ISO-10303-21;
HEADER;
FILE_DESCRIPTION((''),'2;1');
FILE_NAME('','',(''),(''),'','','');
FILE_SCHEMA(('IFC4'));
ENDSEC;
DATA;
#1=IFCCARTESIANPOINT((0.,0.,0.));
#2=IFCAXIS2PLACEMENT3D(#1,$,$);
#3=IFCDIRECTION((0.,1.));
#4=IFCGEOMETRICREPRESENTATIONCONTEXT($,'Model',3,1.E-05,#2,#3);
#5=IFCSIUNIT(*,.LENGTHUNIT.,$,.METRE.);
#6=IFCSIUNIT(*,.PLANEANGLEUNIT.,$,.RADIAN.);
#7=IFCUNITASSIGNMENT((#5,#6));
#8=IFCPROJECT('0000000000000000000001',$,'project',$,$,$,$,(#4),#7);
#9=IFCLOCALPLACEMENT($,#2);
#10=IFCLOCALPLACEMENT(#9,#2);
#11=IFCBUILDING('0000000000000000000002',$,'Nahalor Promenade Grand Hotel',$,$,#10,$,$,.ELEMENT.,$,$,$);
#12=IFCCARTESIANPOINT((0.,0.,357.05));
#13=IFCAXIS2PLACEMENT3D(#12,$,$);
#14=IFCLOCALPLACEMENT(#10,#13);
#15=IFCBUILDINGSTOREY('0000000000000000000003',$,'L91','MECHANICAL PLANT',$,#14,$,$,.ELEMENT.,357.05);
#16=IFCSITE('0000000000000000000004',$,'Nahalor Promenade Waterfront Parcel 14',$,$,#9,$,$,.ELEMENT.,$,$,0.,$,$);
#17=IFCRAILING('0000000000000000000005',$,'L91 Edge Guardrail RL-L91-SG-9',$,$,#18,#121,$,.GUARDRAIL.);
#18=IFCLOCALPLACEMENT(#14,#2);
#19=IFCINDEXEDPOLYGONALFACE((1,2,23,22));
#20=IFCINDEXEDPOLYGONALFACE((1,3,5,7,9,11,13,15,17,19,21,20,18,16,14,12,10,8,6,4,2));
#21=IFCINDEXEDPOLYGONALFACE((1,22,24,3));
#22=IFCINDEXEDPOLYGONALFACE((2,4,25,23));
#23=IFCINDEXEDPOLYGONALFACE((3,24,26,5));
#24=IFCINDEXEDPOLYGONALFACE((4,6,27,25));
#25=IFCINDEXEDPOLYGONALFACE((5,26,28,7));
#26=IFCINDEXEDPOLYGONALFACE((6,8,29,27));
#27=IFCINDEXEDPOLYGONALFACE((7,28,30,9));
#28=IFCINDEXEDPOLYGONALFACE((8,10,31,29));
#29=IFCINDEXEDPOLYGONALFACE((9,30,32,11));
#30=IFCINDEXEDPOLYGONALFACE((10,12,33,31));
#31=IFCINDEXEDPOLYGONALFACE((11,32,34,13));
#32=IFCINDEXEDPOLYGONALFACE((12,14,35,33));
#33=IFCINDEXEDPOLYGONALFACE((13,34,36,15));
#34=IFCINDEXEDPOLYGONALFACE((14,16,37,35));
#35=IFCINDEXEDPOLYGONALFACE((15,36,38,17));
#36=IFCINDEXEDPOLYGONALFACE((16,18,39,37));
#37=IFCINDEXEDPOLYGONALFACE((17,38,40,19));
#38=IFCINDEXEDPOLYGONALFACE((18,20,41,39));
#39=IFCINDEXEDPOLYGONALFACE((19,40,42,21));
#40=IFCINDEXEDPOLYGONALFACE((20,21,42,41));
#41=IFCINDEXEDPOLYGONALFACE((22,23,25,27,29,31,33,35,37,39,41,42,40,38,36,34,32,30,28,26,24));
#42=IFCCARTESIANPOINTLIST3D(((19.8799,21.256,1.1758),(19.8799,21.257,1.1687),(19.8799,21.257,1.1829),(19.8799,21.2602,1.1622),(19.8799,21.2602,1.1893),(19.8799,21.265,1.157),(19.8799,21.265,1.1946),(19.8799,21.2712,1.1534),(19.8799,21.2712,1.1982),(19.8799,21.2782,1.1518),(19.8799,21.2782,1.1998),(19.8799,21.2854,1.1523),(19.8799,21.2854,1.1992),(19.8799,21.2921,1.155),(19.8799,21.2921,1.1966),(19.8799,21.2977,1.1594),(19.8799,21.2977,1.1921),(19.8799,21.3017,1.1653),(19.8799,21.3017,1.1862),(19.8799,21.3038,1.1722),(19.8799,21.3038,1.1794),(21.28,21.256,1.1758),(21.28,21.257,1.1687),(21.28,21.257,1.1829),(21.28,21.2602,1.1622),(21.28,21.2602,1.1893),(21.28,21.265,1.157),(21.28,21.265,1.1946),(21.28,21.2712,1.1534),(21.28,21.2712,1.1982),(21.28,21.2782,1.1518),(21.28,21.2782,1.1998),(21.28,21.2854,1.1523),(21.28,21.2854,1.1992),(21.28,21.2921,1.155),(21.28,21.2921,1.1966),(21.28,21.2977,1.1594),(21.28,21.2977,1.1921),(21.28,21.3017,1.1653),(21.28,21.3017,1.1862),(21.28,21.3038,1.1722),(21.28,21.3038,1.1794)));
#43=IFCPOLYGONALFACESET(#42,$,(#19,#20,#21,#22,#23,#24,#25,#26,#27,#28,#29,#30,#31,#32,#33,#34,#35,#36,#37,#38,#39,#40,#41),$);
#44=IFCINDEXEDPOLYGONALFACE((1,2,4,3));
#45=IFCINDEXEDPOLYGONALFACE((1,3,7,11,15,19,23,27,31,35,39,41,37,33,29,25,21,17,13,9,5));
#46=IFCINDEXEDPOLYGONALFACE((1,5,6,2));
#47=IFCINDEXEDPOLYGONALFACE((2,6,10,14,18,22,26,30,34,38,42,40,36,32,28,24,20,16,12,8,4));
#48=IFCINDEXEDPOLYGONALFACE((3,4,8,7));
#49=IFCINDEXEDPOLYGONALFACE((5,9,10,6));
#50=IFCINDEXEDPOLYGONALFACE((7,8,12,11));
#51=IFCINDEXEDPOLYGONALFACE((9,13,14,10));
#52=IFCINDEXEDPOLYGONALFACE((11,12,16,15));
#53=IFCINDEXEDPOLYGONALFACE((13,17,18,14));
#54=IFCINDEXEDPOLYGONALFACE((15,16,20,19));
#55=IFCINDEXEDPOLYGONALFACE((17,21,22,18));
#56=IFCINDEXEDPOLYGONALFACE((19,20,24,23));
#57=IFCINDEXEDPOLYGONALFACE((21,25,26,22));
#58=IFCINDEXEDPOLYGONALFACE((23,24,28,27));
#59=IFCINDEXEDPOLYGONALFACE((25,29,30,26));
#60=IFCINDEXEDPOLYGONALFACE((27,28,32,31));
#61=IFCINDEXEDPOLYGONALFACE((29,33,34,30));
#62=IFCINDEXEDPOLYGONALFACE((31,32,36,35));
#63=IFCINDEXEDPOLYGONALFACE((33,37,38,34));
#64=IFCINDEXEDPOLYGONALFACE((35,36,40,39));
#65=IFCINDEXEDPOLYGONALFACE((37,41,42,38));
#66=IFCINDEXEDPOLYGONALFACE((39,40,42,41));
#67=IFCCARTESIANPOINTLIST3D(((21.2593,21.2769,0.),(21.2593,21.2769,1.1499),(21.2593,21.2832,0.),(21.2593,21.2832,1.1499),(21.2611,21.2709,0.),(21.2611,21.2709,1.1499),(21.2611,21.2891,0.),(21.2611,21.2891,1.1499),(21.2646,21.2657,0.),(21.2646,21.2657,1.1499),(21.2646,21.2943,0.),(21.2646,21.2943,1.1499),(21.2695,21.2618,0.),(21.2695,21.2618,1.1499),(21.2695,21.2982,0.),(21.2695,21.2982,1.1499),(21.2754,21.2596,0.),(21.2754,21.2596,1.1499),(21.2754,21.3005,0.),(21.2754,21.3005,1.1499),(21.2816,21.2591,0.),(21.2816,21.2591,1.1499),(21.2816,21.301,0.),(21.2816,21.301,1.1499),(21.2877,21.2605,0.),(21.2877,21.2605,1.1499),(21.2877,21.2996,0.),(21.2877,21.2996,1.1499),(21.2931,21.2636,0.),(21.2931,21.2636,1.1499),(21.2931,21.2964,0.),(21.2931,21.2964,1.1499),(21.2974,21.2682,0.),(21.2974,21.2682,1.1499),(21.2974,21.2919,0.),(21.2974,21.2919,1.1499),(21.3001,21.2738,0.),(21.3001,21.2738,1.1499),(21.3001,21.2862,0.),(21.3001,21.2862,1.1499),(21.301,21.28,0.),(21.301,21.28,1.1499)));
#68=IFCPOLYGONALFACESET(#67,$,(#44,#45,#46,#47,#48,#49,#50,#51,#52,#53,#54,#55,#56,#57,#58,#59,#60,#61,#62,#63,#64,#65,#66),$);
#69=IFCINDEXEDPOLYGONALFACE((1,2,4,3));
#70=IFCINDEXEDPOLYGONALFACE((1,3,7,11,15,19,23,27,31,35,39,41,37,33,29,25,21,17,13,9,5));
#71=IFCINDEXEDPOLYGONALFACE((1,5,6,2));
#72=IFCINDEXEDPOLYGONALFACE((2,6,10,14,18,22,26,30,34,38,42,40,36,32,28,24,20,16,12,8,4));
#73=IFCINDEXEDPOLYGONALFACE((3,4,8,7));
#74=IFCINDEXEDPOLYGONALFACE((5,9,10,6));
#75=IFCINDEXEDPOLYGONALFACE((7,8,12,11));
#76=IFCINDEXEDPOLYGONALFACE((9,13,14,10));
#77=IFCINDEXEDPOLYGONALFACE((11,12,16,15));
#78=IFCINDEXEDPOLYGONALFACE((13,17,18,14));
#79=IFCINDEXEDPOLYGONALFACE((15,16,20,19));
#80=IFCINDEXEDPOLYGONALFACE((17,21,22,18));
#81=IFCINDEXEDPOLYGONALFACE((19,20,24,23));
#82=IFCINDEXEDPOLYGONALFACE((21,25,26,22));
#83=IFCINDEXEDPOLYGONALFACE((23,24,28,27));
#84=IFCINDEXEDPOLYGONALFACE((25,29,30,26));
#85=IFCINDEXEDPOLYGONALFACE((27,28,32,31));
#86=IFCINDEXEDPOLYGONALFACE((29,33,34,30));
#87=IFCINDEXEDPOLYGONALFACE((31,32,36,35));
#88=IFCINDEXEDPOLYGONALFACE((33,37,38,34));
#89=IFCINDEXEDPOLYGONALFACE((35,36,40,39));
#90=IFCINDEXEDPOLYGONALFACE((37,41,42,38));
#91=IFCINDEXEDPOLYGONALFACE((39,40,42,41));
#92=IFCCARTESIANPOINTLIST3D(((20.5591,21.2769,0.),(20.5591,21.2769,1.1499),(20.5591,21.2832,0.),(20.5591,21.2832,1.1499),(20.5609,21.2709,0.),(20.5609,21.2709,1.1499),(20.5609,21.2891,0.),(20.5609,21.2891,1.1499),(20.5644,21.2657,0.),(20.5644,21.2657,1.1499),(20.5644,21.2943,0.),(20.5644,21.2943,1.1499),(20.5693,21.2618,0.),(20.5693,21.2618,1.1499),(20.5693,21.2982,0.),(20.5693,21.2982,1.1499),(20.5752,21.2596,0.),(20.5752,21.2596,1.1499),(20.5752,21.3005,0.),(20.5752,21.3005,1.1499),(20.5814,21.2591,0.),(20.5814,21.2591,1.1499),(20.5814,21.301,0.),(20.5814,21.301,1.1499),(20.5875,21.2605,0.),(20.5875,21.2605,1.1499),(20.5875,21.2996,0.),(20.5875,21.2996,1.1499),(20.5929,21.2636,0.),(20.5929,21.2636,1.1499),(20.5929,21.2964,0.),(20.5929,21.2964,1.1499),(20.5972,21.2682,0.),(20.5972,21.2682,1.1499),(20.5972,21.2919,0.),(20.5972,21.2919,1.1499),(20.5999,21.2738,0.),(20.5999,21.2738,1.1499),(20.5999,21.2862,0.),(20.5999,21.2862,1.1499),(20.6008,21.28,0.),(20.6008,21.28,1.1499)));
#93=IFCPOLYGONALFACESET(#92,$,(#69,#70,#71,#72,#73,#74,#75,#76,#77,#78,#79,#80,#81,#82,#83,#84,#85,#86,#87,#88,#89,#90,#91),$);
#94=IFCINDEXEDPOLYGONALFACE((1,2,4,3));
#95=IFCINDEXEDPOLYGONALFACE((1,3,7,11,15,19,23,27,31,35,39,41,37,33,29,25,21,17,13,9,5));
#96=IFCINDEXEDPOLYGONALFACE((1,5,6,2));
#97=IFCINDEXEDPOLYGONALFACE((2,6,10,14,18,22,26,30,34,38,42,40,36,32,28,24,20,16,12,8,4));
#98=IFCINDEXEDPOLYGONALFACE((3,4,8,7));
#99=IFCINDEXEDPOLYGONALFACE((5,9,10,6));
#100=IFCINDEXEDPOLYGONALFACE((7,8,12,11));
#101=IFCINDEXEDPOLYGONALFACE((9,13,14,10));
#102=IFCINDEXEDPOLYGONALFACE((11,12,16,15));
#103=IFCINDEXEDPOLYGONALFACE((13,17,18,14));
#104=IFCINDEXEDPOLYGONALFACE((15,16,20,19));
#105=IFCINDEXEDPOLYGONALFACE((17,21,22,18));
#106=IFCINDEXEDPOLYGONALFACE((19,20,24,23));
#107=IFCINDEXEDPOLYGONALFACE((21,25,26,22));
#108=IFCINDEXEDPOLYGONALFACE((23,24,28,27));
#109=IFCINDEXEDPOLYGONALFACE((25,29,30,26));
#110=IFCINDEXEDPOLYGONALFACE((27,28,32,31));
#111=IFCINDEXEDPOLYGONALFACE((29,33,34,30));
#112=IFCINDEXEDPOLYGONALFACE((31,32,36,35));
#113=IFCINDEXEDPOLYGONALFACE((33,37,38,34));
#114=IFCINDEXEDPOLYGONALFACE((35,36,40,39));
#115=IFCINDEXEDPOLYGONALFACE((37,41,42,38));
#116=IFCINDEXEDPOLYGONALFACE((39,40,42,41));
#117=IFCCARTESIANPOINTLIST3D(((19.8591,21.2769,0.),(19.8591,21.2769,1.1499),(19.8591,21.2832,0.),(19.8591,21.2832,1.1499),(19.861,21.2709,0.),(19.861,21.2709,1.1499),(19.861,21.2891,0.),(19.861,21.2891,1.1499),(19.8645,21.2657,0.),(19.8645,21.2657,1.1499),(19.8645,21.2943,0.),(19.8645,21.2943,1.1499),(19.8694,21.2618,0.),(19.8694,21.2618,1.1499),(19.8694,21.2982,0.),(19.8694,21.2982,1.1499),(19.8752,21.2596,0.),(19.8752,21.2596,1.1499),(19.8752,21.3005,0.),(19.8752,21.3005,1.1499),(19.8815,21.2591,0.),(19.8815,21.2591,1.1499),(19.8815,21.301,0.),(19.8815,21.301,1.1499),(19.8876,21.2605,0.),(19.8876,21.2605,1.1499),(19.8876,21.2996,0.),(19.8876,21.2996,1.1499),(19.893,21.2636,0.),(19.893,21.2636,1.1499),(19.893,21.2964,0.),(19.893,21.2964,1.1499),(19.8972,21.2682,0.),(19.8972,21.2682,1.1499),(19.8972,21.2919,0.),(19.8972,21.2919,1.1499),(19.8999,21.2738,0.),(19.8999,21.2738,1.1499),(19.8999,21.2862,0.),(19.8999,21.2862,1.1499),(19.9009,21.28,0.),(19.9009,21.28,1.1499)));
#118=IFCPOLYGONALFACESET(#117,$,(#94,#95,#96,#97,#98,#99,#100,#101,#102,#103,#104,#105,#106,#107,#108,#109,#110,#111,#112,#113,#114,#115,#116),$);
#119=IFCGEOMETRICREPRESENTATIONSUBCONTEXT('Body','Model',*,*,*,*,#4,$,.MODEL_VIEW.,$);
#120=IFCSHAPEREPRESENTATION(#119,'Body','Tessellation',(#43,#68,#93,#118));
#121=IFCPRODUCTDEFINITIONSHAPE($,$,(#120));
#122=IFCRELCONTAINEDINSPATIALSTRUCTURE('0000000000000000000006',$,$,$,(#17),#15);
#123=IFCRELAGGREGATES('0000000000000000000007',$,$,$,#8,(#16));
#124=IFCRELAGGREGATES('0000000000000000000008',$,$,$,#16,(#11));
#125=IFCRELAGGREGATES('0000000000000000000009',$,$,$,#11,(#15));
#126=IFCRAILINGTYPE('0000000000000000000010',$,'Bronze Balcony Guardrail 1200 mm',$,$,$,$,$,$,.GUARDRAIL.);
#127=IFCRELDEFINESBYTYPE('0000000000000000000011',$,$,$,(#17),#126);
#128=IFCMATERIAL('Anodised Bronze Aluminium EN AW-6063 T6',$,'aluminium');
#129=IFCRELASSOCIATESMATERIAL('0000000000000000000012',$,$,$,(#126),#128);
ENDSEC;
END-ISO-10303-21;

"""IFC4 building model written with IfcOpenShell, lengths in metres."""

from ifc_helpers import new_model, si_unit, direction, frame, origin, origin_2d, place, context, subcontext, project, spatial, circle, extrude, material, type_object, element, save


model = new_model("IFC4")

# Units and contexts
model_context = context("Model", 3, precision=1e-05, world=origin(), true_north=direction((0.0, 1.0)))
body_context = subcontext(model_context, "Body", "Model", "MODEL_VIEW")
ifc_project = project(units=[si_unit("LENGTHUNIT", "METRE"), si_unit("PLANEANGLEUNIT", "RADIAN")], contexts=[model_context])

# Site, building, storey
site_placement = place(None, origin())
site = spatial("IfcSite", under=ifc_project, at=site_placement, Name="Nahalor Promenade Waterfront Parcel 14", CompositionType="ELEMENT", RefElevation=0.0)
building_placement = place(site_placement, origin())
building = spatial("IfcBuilding", under=site, at=building_placement, Name="Nahalor Promenade Grand Hotel", CompositionType="ELEMENT")
storey_placement = place(building_placement, frame((0.0, 0.0, 357.05)))
storey = spatial("IfcBuildingStorey", under=building, at=storey_placement, Name="L91", Description="MECHANICAL PLANT", CompositionType="ELEMENT", Elevation=357.05)

# Railing
ifc_material_1 = material(Name="Anodised Bronze Aluminium EN AW-6063 T6", Category="aluminium")
railing_type_1 = type_object("IfcRailingType", Name="Bronze Balcony Guardrail 1200 mm", PredefinedType="GUARDRAIL", material=ifc_material_1)
railing_1_placement = place(storey_placement, frame((21.28, 21.28, 0.0)))
element("IfcRailing", 1, at=railing_1_placement, inside=storey, type_object=railing_type_1, Name="L91 Edge Guardrail RL-L91-SG-9", PredefinedType="GUARDRAIL", context=body_context, shape_type="SweptSolid", body=[
    extrude(circle(Radius=0.024, at=origin_2d()), frame((0.0, 0.0, 1.1758), z_axis=(-1.0, 0.0, 0.0), x_axis=(0.0, -1.0, 0.0)), (0.0, 0.0, 1.0), 1.4001),
    extrude(circle(Radius=0.021, at=origin_2d()), origin(), (0.0, 0.0, 1.0), 1.1499),
    extrude(circle(Radius=0.021, at=origin_2d()), frame((-0.7002, 0.0, 0.0)), (0.0, 0.0, 1.0), 1.1499),
    extrude(circle(Radius=0.021, at=origin_2d()), frame((-1.4001, 0.0, 0.0)), (0.0, 0.0, 1.0), 1.1499),
])

save(model, "model.ifc")
